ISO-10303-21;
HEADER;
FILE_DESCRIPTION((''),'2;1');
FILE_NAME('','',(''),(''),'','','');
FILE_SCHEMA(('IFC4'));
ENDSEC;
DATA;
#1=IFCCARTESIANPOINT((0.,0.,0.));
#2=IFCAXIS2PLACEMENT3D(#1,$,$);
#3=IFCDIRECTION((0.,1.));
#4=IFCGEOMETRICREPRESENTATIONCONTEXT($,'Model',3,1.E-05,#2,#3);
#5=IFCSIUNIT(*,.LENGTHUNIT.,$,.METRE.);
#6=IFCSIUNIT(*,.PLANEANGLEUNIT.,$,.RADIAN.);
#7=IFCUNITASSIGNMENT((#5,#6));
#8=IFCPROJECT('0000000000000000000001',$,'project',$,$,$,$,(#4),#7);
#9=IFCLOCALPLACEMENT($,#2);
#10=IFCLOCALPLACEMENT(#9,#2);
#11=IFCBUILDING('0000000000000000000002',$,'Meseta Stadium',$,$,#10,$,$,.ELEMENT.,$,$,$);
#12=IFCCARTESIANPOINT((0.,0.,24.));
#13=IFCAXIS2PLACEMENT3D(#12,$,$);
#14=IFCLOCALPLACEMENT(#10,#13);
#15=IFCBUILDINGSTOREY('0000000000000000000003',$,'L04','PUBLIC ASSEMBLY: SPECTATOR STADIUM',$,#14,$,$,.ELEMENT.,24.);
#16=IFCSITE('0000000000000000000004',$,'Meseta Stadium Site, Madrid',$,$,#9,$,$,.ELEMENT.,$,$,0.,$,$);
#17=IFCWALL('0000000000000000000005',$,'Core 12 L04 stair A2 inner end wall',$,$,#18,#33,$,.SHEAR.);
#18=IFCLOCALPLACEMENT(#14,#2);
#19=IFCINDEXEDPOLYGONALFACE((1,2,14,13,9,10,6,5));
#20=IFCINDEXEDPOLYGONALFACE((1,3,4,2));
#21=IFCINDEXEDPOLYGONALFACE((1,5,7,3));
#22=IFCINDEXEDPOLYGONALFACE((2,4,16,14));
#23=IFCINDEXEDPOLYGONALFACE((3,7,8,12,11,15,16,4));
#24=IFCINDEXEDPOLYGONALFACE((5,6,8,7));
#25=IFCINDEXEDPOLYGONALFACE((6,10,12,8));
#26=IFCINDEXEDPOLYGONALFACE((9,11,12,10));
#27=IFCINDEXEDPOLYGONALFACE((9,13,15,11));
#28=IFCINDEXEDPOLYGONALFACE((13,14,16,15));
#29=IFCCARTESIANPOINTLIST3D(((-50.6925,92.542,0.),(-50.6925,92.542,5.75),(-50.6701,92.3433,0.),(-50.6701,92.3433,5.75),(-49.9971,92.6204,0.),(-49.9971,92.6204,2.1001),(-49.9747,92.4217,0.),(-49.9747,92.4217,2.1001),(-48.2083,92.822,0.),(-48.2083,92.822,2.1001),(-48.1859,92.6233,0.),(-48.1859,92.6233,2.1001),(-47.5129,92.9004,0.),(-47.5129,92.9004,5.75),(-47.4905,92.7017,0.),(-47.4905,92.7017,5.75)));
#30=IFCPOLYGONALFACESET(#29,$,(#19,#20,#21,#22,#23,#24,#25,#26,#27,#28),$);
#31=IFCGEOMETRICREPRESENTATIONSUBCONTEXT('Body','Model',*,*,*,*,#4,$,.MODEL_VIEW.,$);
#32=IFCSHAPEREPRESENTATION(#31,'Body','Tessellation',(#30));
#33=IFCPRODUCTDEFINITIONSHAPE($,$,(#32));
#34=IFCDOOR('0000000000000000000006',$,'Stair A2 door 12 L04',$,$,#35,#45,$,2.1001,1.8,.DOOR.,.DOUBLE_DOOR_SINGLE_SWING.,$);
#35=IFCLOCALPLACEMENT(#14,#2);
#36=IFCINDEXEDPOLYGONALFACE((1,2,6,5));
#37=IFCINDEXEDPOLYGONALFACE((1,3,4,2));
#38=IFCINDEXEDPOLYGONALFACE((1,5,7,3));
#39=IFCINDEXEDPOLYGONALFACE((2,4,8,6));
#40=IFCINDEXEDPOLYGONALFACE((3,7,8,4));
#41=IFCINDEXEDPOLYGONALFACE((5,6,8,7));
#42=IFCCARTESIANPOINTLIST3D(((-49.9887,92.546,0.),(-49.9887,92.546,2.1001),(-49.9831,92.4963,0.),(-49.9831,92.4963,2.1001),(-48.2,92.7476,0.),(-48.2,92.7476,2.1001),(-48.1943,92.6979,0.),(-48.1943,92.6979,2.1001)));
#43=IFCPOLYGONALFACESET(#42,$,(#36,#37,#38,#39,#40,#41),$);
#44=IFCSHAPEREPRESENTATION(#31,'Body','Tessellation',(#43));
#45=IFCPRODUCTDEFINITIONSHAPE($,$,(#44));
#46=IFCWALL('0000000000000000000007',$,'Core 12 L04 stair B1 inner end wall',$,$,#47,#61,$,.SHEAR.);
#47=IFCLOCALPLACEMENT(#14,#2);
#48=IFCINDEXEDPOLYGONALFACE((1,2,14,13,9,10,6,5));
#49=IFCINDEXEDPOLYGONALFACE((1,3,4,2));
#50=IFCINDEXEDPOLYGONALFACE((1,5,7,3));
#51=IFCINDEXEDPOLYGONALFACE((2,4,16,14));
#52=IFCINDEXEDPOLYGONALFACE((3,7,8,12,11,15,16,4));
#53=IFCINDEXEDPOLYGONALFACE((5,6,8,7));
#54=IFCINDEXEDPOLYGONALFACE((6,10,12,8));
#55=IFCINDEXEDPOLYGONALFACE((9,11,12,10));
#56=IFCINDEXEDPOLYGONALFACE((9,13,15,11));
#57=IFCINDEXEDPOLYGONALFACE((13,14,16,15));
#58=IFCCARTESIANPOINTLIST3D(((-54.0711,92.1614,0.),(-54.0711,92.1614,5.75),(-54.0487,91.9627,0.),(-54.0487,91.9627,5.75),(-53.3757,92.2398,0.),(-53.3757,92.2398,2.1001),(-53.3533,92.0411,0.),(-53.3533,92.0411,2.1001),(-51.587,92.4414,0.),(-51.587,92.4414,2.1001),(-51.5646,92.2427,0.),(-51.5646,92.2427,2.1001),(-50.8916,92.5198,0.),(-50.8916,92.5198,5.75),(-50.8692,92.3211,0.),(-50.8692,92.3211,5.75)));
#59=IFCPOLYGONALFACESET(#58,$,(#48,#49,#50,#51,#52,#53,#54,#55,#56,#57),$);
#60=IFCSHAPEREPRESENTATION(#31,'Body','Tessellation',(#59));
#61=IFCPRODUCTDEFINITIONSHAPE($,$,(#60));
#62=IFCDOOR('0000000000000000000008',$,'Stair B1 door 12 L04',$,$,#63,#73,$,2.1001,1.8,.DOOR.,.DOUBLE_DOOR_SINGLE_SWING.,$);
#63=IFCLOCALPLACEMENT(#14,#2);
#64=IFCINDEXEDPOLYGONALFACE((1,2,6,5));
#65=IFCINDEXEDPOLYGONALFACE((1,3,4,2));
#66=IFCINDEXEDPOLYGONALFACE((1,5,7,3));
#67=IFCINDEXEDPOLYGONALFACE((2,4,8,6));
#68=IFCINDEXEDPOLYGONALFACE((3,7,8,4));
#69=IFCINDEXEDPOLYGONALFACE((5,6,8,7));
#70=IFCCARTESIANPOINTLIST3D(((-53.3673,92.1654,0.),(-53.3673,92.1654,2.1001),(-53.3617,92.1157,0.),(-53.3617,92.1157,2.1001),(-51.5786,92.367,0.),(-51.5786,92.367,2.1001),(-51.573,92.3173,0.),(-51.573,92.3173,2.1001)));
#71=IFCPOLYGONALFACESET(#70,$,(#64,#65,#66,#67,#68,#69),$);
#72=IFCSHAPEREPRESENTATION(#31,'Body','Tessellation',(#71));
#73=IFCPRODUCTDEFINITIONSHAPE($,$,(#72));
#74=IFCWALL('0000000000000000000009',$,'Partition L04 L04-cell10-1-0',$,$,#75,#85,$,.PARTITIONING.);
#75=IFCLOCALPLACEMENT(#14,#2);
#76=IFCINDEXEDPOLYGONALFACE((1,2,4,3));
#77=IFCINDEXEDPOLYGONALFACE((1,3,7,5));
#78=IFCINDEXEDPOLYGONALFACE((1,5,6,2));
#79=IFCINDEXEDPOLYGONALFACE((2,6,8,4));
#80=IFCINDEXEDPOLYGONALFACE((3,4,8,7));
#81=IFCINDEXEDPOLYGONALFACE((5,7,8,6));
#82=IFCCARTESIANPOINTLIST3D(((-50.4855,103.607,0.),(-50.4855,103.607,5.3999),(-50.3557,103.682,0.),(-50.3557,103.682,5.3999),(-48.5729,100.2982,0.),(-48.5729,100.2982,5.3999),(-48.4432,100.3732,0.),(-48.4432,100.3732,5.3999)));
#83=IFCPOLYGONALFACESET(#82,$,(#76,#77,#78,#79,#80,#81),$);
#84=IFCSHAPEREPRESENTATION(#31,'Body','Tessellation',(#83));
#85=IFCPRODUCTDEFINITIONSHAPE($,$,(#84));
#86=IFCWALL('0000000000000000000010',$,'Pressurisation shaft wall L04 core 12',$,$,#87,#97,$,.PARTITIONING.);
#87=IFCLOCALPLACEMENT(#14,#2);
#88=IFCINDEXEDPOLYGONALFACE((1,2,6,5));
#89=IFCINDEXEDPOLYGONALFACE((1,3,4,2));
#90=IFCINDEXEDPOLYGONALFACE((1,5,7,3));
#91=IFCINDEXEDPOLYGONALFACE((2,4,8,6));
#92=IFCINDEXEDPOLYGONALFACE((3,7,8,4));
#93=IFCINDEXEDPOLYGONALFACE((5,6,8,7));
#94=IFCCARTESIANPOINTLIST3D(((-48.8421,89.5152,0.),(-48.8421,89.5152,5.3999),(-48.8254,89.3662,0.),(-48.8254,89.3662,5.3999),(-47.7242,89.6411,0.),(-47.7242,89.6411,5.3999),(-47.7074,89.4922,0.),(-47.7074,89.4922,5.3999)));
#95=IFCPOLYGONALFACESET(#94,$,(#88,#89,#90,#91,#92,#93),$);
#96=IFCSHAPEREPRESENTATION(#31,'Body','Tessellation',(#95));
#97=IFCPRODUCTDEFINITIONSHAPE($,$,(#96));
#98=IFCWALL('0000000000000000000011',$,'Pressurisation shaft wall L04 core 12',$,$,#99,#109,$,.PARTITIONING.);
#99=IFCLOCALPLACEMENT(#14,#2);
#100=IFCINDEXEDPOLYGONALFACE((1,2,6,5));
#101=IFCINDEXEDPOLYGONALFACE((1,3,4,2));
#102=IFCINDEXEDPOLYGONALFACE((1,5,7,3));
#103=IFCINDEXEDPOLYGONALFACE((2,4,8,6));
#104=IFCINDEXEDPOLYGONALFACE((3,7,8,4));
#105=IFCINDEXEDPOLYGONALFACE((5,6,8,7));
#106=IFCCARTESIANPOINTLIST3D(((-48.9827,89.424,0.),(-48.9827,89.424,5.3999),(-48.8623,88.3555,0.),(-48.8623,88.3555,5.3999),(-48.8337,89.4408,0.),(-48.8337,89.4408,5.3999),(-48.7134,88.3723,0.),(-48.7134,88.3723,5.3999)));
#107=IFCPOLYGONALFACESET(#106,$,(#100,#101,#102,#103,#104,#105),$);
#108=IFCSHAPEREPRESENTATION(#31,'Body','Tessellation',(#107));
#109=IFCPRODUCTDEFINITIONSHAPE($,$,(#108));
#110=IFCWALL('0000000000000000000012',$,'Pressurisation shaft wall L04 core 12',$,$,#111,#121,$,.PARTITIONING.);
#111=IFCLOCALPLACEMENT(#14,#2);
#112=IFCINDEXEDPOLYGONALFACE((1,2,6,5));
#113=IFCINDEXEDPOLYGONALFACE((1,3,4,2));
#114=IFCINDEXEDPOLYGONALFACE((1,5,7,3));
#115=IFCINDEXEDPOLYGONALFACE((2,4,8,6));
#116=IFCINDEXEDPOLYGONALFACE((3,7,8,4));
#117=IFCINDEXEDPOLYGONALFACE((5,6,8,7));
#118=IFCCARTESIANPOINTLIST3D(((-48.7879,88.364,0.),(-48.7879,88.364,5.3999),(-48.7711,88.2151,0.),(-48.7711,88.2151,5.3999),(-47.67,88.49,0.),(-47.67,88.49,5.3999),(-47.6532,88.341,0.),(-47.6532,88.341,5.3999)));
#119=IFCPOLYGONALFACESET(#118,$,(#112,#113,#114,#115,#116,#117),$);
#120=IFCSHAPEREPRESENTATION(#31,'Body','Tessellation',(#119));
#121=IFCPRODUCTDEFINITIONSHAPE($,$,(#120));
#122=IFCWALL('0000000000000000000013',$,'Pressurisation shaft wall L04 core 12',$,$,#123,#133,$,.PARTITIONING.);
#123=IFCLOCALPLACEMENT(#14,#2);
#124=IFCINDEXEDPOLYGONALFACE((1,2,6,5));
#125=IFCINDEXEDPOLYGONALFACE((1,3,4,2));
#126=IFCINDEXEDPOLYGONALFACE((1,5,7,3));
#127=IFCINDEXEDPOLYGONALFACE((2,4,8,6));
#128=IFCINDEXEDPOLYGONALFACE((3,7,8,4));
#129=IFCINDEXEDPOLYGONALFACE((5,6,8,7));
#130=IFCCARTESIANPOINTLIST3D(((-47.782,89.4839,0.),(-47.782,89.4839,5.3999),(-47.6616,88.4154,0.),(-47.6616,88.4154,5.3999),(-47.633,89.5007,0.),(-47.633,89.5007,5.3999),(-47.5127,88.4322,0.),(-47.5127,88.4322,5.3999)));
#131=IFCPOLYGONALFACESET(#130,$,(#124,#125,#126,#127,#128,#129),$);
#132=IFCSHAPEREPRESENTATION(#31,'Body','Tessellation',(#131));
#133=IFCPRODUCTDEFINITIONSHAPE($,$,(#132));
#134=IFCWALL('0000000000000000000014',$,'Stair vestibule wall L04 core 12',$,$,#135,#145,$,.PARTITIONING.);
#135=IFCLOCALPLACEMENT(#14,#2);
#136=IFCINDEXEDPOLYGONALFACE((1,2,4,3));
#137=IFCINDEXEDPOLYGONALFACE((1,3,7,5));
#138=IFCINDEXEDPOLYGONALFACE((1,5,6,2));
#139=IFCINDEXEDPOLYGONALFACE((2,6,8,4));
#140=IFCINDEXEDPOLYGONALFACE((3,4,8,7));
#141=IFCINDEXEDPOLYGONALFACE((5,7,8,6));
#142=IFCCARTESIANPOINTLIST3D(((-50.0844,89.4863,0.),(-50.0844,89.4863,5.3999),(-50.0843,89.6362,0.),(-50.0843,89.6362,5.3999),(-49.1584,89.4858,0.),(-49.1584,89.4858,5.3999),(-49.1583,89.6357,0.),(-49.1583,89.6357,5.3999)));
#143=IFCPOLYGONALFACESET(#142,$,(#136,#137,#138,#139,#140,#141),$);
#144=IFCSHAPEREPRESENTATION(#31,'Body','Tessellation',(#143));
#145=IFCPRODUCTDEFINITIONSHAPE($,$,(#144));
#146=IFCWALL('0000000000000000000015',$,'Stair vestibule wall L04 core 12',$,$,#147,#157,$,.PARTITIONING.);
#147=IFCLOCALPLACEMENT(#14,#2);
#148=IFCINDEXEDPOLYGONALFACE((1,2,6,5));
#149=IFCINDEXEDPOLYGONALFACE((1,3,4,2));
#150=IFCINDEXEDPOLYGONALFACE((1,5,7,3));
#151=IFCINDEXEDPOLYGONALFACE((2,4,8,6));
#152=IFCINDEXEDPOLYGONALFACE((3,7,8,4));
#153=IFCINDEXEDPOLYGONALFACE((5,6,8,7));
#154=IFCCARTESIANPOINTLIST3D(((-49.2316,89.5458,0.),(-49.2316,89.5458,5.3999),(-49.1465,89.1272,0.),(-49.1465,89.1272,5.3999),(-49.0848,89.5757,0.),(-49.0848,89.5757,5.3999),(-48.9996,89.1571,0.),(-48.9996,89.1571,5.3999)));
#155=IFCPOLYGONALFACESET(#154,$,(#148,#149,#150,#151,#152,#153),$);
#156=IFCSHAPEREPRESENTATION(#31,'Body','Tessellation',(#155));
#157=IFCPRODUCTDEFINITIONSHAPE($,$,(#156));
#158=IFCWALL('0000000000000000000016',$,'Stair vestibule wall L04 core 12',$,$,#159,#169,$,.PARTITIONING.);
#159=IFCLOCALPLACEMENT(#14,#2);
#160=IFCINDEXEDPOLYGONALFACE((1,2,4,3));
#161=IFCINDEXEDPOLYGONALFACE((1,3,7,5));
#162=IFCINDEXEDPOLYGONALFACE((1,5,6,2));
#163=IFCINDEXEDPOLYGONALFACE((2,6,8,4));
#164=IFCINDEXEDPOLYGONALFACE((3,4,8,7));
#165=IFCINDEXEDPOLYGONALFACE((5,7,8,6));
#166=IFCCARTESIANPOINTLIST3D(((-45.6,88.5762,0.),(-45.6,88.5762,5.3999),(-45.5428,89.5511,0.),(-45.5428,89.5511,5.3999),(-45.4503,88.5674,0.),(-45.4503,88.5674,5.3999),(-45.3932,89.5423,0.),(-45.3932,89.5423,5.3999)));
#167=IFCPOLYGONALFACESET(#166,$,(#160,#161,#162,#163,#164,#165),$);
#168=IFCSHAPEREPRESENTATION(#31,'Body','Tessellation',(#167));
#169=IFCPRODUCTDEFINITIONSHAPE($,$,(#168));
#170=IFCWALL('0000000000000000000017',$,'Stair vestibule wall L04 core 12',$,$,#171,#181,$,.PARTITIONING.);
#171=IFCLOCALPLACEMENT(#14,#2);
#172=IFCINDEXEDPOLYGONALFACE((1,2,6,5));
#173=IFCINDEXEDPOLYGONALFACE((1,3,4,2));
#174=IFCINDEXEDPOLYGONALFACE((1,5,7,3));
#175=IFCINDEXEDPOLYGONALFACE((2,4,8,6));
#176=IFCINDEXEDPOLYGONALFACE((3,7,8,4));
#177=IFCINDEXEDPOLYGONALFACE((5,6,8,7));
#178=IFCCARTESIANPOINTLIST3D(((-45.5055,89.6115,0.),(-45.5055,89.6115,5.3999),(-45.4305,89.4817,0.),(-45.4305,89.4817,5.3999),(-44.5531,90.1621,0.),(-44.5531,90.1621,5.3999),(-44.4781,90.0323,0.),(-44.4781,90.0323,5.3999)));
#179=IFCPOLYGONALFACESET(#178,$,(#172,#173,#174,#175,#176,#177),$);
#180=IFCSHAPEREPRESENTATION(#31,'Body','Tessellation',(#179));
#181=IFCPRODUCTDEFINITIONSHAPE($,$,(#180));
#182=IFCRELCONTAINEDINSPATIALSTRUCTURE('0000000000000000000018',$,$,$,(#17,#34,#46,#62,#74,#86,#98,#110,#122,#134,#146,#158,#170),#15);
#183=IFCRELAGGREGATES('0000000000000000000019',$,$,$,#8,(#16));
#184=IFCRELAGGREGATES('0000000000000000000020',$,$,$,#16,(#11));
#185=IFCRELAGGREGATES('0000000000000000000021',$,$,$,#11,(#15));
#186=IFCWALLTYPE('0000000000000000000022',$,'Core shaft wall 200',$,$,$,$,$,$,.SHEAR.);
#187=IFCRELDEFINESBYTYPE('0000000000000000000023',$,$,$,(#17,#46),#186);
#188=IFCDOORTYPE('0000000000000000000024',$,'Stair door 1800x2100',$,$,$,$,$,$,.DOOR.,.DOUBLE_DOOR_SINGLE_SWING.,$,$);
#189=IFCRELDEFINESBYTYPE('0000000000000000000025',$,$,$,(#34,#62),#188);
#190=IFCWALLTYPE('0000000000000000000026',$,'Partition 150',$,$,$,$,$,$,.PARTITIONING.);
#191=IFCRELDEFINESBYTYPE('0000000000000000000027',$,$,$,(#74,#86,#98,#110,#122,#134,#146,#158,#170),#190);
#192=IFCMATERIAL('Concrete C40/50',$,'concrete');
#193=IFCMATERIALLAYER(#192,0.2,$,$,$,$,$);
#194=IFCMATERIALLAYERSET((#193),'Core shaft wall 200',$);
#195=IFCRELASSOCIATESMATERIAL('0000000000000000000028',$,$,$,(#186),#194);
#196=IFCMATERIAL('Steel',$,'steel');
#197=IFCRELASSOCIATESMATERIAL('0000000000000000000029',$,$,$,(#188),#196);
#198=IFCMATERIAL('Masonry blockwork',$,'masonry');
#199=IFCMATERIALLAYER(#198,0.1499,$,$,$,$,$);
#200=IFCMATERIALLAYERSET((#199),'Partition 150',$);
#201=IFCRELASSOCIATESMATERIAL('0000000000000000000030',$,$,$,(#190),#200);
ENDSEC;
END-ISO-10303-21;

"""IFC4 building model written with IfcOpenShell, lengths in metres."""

from ifc_helpers import new_model, si_unit, direction, frame, frame_2d, origin, place, context, subcontext, project, spatial, rectangle, extrude, material, layer, layer_set, type_object, element, fill, save


model = new_model("IFC4")

# Units and contexts
model_context = context("Model", 3, precision=1e-05, world=origin(), true_north=direction((0.0, 1.0)))
body_context = subcontext(model_context, "Body", "Model", "MODEL_VIEW")
ifc_project = project(units=[si_unit("LENGTHUNIT", "METRE"), si_unit("PLANEANGLEUNIT", "RADIAN")], contexts=[model_context])

# Site, building, storey
site_placement = place(None, origin())
site = spatial("IfcSite", under=ifc_project, at=site_placement, Name="Meseta Stadium Site, Madrid", CompositionType="ELEMENT", RefElevation=0.0)
building_placement = place(site_placement, origin())
building = spatial("IfcBuilding", under=site, at=building_placement, Name="Meseta Stadium", CompositionType="ELEMENT")
storey_placement = place(building_placement, frame((0.0, 0.0, 24.0)))
storey = spatial("IfcBuildingStorey", under=building, at=storey_placement, Name="L04", Description="PUBLIC ASSEMBLY: SPECTATOR STADIUM", CompositionType="ELEMENT", Elevation=24.0)

# Shared definitions
ifc_material_1 = material(Name="Concrete C40/50", Category="concrete")
ifc_layer_1 = layer(ifc_material_1, 0.2)
ifc_layer_set_1 = layer_set([ifc_layer_1], Name="Core shaft wall 200")
wall_type_1 = type_object("IfcWallType", Name="Core shaft wall 200", PredefinedType="SHEAR", material=ifc_layer_set_1)

# Walls, openings, doors
ifc_material_2 = material(Name="Steel", Category="steel")
door_type = type_object("IfcDoorType", Name="Stair door 1800x2100", OperationType="DOUBLE_DOOR_SINGLE_SWING", PredefinedType="DOOR", material=ifc_material_2)
wall_1_placement = place(storey_placement, frame((-47.5017, 92.801, 0.0), z_axis=(0.0, 0.0, 1.0), x_axis=(-0.993708, -0.112006, 0.0)))
wall_1 = element("IfcWall", 1, at=wall_1_placement, inside=storey, type_object=wall_type_1, Name="Core 12 L04 stair A2 inner end wall", PredefinedType="SHEAR", context=body_context, shape_type="SweptSolid", body=[
    extrude(rectangle(XDim=3.1997, YDim=0.2, at=frame_2d((1.5999, 0.0))), origin(), (0.0, 0.0, 1.0), 5.75),
])
opening_1_placement = place(wall_1_placement, frame((0.7, 0.0, 0.0)))
opening_1 = element("IfcOpeningElement", 2, at=opening_1_placement, cuts=wall_1, PredefinedType="OPENING", context=body_context, shape_type="SweptSolid", body=[
    extrude(rectangle(XDim=1.8, YDim=2.1001, at=frame_2d((0.8999, 1.05))), frame((0.0, 0.1099, 0.0), z_axis=(0.0, -1.0, 0.0), x_axis=(1.0, 0.0, 0.0)), (0.0, 0.0, 1.0), 0.22),
])
door_1_placement = place(opening_1_placement, origin())
door_1 = element("IfcDoor", 3, at=door_1_placement, inside=storey, type_object=door_type, Name="Stair A2 door 12 L04", OperationType="DOUBLE_DOOR_SINGLE_SWING", OverallHeight=2.1001, OverallWidth=1.8, PredefinedType="DOOR", context=body_context, shape_type="SweptSolid", body=[
    extrude(rectangle(XDim=1.8, YDim=2.1001, at=frame_2d((0.8999, 1.05))), frame((0.0, 0.0249, 0.0), z_axis=(0.0, -1.0, 0.0), x_axis=(1.0, 0.0, 0.0)), (0.0, 0.0, 1.0), 0.05),
])
fill(opening_1, door_1)
wall_2_placement = place(storey_placement, frame((-50.8804, 92.4204, 0.0), z_axis=(0.0, 0.0, 1.0), x_axis=(-0.993708, -0.112006, 0.0)))
wall_2 = element("IfcWall", 4, at=wall_2_placement, inside=storey, type_object=wall_type_1, Name="Core 12 L04 stair B1 inner end wall", PredefinedType="SHEAR", context=body_context, shape_type="SweptSolid", body=[
    extrude(rectangle(XDim=3.1997, YDim=0.2, at=frame_2d((1.5999, 0.0))), origin(), (0.0, 0.0, 1.0), 5.75),
])
opening_2_placement = place(wall_2_placement, frame((0.7, 0.0, 0.0)))
opening_2 = element("IfcOpeningElement", 5, at=opening_2_placement, cuts=wall_2, PredefinedType="OPENING", context=body_context, shape_type="SweptSolid", body=[
    extrude(rectangle(XDim=1.8, YDim=2.1001, at=frame_2d((0.8999, 1.05))), frame((0.0, 0.1099, 0.0), z_axis=(0.0, -1.0, 0.0), x_axis=(1.0, 0.0, 0.0)), (0.0, 0.0, 1.0), 0.22),
])
door_2_placement = place(opening_2_placement, origin())
door_2 = element("IfcDoor", 6, at=door_2_placement, inside=storey, type_object=door_type, Name="Stair B1 door 12 L04", OperationType="DOUBLE_DOOR_SINGLE_SWING", OverallHeight=2.1001, OverallWidth=1.8, PredefinedType="DOOR", context=body_context, shape_type="SweptSolid", body=[
    extrude(rectangle(XDim=1.8, YDim=2.1001, at=frame_2d((0.8999, 1.05))), frame((0.0, 0.0249, 0.0), z_axis=(0.0, -1.0, 0.0), x_axis=(1.0, 0.0, 0.0)), (0.0, 0.0, 1.0), 0.05),
])
fill(opening_2, door_2)

# Walls
ifc_material_3 = material(Name="Masonry blockwork", Category="masonry")
ifc_layer_2 = layer(ifc_material_3, 0.1499)
ifc_layer_set_2 = layer_set([ifc_layer_2], Name="Partition 150")
wall_type_2 = type_object("IfcWallType", Name="Partition 150", PredefinedType="PARTITIONING", material=ifc_layer_set_2)
wall_3_placement = place(storey_placement, frame((-48.5081, 100.3357, 0.0), z_axis=(0.0, 0.0, 1.0), x_axis=(-0.500439, 0.865772, 0.0)))
element("IfcWall", 7, at=wall_3_placement, inside=storey, type_object=wall_type_2, Name="Partition L04 L04-cell10-1-0", PredefinedType="PARTITIONING", context=body_context, shape_type="SweptSolid", body=[
    extrude(rectangle(XDim=3.8218, YDim=0.1499, at=frame_2d((1.9109, 0.0))), origin(), (0.0, 0.0, 1.0), 5.3999),
])
wall_4_placement = place(storey_placement, frame((-47.7158, 89.5667, 0.0), z_axis=(0.0, 0.0, 1.0), x_axis=(-0.993711, -0.11198, 0.0)))
element("IfcWall", 8, at=wall_4_placement, inside=storey, type_object=wall_type_2, Name="Pressurisation shaft wall L04 core 12", PredefinedType="PARTITIONING", context=body_context, shape_type="SweptSolid", body=[
    extrude(rectangle(XDim=1.125, YDim=0.1499, at=frame_2d((0.5625, 0.0))), origin(), (0.0, 0.0, 1.0), 5.3999),
])
wall_5_placement = place(storey_placement, frame((-48.9082, 89.4324, 0.0), z_axis=(0.0, 0.0, 1.0), x_axis=(0.111952, -0.993714, 0.0)))
element("IfcWall", 9, at=wall_5_placement, inside=storey, type_object=wall_type_2, Name="Pressurisation shaft wall L04 core 12", PredefinedType="PARTITIONING", context=body_context, shape_type="SweptSolid", body=[
    extrude(rectangle(XDim=1.0752, YDim=0.1499, at=frame_2d((0.5376, 0.0))), origin(), (0.0, 0.0, 1.0), 5.3999),
])
wall_6_placement = place(storey_placement, frame((-48.7795, 88.2896, 0.0), z_axis=(0.0, 0.0, 1.0), x_axis=(0.993711, 0.11198, 0.0)))
element("IfcWall", 10, at=wall_6_placement, inside=storey, type_object=wall_type_2, Name="Pressurisation shaft wall L04 core 12", PredefinedType="PARTITIONING", context=body_context, shape_type="SweptSolid", body=[
    extrude(rectangle(XDim=1.125, YDim=0.1499, at=frame_2d((0.5625, 0.0))), origin(), (0.0, 0.0, 1.0), 5.3999),
])
wall_7_placement = place(storey_placement, frame((-47.5872, 88.4238, 0.0), z_axis=(0.0, 0.0, 1.0), x_axis=(-0.111952, 0.993714, 0.0)))
element("IfcWall", 11, at=wall_7_placement, inside=storey, type_object=wall_type_2, Name="Pressurisation shaft wall L04 core 12", PredefinedType="PARTITIONING", context=body_context, shape_type="SweptSolid", body=[
    extrude(rectangle(XDim=1.0752, YDim=0.1499, at=frame_2d((0.5376, 0.0))), origin(), (0.0, 0.0, 1.0), 5.3999),
])
wall_8_placement = place(storey_placement, frame((-50.0842, 89.5613, 0.0), z_axis=(0.0, 0.0, 1.0), x_axis=(1.0, -0.000527, 0.0)))
element("IfcWall", 12, at=wall_8_placement, inside=storey, type_object=wall_type_2, Name="Stair vestibule wall L04 core 12", PredefinedType="PARTITIONING", context=body_context, shape_type="SweptSolid", body=[
    extrude(rectangle(XDim=0.926, YDim=0.1499, at=frame_2d((0.4629, 0.0))), origin(), (0.0, 0.0, 1.0), 5.3999),
])
wall_9_placement = place(storey_placement, frame((-49.1582, 89.5608, 0.0), z_axis=(0.0, 0.0, 1.0), x_axis=(0.199411, -0.979916, 0.0)))
element("IfcWall", 13, at=wall_9_placement, inside=storey, type_object=wall_type_2, Name="Stair vestibule wall L04 core 12", PredefinedType="PARTITIONING", context=body_context, shape_type="SweptSolid", body=[
    extrude(rectangle(XDim=0.4272, YDim=0.1499, at=frame_2d((0.2136, 0.0))), origin(), (0.0, 0.0, 1.0), 5.3999),
])
wall_10_placement = place(storey_placement, frame((-45.5251, 88.5718, 0.0), z_axis=(0.0, 0.0, 1.0), x_axis=(0.058502, 0.998287, 0.0)))
element("IfcWall", 14, at=wall_10_placement, inside=storey, type_object=wall_type_2, Name="Stair vestibule wall L04 core 12", PredefinedType="PARTITIONING", context=body_context, shape_type="SweptSolid", body=[
    extrude(rectangle(XDim=0.9766, YDim=0.1499, at=frame_2d((0.4883, 0.0))), origin(), (0.0, 0.0, 1.0), 5.3999),
])
wall_11_placement = place(storey_placement, frame((-45.468, 89.5466, 0.0), z_axis=(0.0, 0.0, 1.0), x_axis=(0.86576, 0.500459, 0.0)))
element("IfcWall", 15, at=wall_11_placement, inside=storey, type_object=wall_type_2, Name="Stair vestibule wall L04 core 12", PredefinedType="PARTITIONING", context=body_context, shape_type="SweptSolid", body=[
    extrude(rectangle(XDim=1.1001, YDim=0.1499, at=frame_2d((0.55, 0.0))), origin(), (0.0, 0.0, 1.0), 5.3999),
])

save(model, "model.ifc")
